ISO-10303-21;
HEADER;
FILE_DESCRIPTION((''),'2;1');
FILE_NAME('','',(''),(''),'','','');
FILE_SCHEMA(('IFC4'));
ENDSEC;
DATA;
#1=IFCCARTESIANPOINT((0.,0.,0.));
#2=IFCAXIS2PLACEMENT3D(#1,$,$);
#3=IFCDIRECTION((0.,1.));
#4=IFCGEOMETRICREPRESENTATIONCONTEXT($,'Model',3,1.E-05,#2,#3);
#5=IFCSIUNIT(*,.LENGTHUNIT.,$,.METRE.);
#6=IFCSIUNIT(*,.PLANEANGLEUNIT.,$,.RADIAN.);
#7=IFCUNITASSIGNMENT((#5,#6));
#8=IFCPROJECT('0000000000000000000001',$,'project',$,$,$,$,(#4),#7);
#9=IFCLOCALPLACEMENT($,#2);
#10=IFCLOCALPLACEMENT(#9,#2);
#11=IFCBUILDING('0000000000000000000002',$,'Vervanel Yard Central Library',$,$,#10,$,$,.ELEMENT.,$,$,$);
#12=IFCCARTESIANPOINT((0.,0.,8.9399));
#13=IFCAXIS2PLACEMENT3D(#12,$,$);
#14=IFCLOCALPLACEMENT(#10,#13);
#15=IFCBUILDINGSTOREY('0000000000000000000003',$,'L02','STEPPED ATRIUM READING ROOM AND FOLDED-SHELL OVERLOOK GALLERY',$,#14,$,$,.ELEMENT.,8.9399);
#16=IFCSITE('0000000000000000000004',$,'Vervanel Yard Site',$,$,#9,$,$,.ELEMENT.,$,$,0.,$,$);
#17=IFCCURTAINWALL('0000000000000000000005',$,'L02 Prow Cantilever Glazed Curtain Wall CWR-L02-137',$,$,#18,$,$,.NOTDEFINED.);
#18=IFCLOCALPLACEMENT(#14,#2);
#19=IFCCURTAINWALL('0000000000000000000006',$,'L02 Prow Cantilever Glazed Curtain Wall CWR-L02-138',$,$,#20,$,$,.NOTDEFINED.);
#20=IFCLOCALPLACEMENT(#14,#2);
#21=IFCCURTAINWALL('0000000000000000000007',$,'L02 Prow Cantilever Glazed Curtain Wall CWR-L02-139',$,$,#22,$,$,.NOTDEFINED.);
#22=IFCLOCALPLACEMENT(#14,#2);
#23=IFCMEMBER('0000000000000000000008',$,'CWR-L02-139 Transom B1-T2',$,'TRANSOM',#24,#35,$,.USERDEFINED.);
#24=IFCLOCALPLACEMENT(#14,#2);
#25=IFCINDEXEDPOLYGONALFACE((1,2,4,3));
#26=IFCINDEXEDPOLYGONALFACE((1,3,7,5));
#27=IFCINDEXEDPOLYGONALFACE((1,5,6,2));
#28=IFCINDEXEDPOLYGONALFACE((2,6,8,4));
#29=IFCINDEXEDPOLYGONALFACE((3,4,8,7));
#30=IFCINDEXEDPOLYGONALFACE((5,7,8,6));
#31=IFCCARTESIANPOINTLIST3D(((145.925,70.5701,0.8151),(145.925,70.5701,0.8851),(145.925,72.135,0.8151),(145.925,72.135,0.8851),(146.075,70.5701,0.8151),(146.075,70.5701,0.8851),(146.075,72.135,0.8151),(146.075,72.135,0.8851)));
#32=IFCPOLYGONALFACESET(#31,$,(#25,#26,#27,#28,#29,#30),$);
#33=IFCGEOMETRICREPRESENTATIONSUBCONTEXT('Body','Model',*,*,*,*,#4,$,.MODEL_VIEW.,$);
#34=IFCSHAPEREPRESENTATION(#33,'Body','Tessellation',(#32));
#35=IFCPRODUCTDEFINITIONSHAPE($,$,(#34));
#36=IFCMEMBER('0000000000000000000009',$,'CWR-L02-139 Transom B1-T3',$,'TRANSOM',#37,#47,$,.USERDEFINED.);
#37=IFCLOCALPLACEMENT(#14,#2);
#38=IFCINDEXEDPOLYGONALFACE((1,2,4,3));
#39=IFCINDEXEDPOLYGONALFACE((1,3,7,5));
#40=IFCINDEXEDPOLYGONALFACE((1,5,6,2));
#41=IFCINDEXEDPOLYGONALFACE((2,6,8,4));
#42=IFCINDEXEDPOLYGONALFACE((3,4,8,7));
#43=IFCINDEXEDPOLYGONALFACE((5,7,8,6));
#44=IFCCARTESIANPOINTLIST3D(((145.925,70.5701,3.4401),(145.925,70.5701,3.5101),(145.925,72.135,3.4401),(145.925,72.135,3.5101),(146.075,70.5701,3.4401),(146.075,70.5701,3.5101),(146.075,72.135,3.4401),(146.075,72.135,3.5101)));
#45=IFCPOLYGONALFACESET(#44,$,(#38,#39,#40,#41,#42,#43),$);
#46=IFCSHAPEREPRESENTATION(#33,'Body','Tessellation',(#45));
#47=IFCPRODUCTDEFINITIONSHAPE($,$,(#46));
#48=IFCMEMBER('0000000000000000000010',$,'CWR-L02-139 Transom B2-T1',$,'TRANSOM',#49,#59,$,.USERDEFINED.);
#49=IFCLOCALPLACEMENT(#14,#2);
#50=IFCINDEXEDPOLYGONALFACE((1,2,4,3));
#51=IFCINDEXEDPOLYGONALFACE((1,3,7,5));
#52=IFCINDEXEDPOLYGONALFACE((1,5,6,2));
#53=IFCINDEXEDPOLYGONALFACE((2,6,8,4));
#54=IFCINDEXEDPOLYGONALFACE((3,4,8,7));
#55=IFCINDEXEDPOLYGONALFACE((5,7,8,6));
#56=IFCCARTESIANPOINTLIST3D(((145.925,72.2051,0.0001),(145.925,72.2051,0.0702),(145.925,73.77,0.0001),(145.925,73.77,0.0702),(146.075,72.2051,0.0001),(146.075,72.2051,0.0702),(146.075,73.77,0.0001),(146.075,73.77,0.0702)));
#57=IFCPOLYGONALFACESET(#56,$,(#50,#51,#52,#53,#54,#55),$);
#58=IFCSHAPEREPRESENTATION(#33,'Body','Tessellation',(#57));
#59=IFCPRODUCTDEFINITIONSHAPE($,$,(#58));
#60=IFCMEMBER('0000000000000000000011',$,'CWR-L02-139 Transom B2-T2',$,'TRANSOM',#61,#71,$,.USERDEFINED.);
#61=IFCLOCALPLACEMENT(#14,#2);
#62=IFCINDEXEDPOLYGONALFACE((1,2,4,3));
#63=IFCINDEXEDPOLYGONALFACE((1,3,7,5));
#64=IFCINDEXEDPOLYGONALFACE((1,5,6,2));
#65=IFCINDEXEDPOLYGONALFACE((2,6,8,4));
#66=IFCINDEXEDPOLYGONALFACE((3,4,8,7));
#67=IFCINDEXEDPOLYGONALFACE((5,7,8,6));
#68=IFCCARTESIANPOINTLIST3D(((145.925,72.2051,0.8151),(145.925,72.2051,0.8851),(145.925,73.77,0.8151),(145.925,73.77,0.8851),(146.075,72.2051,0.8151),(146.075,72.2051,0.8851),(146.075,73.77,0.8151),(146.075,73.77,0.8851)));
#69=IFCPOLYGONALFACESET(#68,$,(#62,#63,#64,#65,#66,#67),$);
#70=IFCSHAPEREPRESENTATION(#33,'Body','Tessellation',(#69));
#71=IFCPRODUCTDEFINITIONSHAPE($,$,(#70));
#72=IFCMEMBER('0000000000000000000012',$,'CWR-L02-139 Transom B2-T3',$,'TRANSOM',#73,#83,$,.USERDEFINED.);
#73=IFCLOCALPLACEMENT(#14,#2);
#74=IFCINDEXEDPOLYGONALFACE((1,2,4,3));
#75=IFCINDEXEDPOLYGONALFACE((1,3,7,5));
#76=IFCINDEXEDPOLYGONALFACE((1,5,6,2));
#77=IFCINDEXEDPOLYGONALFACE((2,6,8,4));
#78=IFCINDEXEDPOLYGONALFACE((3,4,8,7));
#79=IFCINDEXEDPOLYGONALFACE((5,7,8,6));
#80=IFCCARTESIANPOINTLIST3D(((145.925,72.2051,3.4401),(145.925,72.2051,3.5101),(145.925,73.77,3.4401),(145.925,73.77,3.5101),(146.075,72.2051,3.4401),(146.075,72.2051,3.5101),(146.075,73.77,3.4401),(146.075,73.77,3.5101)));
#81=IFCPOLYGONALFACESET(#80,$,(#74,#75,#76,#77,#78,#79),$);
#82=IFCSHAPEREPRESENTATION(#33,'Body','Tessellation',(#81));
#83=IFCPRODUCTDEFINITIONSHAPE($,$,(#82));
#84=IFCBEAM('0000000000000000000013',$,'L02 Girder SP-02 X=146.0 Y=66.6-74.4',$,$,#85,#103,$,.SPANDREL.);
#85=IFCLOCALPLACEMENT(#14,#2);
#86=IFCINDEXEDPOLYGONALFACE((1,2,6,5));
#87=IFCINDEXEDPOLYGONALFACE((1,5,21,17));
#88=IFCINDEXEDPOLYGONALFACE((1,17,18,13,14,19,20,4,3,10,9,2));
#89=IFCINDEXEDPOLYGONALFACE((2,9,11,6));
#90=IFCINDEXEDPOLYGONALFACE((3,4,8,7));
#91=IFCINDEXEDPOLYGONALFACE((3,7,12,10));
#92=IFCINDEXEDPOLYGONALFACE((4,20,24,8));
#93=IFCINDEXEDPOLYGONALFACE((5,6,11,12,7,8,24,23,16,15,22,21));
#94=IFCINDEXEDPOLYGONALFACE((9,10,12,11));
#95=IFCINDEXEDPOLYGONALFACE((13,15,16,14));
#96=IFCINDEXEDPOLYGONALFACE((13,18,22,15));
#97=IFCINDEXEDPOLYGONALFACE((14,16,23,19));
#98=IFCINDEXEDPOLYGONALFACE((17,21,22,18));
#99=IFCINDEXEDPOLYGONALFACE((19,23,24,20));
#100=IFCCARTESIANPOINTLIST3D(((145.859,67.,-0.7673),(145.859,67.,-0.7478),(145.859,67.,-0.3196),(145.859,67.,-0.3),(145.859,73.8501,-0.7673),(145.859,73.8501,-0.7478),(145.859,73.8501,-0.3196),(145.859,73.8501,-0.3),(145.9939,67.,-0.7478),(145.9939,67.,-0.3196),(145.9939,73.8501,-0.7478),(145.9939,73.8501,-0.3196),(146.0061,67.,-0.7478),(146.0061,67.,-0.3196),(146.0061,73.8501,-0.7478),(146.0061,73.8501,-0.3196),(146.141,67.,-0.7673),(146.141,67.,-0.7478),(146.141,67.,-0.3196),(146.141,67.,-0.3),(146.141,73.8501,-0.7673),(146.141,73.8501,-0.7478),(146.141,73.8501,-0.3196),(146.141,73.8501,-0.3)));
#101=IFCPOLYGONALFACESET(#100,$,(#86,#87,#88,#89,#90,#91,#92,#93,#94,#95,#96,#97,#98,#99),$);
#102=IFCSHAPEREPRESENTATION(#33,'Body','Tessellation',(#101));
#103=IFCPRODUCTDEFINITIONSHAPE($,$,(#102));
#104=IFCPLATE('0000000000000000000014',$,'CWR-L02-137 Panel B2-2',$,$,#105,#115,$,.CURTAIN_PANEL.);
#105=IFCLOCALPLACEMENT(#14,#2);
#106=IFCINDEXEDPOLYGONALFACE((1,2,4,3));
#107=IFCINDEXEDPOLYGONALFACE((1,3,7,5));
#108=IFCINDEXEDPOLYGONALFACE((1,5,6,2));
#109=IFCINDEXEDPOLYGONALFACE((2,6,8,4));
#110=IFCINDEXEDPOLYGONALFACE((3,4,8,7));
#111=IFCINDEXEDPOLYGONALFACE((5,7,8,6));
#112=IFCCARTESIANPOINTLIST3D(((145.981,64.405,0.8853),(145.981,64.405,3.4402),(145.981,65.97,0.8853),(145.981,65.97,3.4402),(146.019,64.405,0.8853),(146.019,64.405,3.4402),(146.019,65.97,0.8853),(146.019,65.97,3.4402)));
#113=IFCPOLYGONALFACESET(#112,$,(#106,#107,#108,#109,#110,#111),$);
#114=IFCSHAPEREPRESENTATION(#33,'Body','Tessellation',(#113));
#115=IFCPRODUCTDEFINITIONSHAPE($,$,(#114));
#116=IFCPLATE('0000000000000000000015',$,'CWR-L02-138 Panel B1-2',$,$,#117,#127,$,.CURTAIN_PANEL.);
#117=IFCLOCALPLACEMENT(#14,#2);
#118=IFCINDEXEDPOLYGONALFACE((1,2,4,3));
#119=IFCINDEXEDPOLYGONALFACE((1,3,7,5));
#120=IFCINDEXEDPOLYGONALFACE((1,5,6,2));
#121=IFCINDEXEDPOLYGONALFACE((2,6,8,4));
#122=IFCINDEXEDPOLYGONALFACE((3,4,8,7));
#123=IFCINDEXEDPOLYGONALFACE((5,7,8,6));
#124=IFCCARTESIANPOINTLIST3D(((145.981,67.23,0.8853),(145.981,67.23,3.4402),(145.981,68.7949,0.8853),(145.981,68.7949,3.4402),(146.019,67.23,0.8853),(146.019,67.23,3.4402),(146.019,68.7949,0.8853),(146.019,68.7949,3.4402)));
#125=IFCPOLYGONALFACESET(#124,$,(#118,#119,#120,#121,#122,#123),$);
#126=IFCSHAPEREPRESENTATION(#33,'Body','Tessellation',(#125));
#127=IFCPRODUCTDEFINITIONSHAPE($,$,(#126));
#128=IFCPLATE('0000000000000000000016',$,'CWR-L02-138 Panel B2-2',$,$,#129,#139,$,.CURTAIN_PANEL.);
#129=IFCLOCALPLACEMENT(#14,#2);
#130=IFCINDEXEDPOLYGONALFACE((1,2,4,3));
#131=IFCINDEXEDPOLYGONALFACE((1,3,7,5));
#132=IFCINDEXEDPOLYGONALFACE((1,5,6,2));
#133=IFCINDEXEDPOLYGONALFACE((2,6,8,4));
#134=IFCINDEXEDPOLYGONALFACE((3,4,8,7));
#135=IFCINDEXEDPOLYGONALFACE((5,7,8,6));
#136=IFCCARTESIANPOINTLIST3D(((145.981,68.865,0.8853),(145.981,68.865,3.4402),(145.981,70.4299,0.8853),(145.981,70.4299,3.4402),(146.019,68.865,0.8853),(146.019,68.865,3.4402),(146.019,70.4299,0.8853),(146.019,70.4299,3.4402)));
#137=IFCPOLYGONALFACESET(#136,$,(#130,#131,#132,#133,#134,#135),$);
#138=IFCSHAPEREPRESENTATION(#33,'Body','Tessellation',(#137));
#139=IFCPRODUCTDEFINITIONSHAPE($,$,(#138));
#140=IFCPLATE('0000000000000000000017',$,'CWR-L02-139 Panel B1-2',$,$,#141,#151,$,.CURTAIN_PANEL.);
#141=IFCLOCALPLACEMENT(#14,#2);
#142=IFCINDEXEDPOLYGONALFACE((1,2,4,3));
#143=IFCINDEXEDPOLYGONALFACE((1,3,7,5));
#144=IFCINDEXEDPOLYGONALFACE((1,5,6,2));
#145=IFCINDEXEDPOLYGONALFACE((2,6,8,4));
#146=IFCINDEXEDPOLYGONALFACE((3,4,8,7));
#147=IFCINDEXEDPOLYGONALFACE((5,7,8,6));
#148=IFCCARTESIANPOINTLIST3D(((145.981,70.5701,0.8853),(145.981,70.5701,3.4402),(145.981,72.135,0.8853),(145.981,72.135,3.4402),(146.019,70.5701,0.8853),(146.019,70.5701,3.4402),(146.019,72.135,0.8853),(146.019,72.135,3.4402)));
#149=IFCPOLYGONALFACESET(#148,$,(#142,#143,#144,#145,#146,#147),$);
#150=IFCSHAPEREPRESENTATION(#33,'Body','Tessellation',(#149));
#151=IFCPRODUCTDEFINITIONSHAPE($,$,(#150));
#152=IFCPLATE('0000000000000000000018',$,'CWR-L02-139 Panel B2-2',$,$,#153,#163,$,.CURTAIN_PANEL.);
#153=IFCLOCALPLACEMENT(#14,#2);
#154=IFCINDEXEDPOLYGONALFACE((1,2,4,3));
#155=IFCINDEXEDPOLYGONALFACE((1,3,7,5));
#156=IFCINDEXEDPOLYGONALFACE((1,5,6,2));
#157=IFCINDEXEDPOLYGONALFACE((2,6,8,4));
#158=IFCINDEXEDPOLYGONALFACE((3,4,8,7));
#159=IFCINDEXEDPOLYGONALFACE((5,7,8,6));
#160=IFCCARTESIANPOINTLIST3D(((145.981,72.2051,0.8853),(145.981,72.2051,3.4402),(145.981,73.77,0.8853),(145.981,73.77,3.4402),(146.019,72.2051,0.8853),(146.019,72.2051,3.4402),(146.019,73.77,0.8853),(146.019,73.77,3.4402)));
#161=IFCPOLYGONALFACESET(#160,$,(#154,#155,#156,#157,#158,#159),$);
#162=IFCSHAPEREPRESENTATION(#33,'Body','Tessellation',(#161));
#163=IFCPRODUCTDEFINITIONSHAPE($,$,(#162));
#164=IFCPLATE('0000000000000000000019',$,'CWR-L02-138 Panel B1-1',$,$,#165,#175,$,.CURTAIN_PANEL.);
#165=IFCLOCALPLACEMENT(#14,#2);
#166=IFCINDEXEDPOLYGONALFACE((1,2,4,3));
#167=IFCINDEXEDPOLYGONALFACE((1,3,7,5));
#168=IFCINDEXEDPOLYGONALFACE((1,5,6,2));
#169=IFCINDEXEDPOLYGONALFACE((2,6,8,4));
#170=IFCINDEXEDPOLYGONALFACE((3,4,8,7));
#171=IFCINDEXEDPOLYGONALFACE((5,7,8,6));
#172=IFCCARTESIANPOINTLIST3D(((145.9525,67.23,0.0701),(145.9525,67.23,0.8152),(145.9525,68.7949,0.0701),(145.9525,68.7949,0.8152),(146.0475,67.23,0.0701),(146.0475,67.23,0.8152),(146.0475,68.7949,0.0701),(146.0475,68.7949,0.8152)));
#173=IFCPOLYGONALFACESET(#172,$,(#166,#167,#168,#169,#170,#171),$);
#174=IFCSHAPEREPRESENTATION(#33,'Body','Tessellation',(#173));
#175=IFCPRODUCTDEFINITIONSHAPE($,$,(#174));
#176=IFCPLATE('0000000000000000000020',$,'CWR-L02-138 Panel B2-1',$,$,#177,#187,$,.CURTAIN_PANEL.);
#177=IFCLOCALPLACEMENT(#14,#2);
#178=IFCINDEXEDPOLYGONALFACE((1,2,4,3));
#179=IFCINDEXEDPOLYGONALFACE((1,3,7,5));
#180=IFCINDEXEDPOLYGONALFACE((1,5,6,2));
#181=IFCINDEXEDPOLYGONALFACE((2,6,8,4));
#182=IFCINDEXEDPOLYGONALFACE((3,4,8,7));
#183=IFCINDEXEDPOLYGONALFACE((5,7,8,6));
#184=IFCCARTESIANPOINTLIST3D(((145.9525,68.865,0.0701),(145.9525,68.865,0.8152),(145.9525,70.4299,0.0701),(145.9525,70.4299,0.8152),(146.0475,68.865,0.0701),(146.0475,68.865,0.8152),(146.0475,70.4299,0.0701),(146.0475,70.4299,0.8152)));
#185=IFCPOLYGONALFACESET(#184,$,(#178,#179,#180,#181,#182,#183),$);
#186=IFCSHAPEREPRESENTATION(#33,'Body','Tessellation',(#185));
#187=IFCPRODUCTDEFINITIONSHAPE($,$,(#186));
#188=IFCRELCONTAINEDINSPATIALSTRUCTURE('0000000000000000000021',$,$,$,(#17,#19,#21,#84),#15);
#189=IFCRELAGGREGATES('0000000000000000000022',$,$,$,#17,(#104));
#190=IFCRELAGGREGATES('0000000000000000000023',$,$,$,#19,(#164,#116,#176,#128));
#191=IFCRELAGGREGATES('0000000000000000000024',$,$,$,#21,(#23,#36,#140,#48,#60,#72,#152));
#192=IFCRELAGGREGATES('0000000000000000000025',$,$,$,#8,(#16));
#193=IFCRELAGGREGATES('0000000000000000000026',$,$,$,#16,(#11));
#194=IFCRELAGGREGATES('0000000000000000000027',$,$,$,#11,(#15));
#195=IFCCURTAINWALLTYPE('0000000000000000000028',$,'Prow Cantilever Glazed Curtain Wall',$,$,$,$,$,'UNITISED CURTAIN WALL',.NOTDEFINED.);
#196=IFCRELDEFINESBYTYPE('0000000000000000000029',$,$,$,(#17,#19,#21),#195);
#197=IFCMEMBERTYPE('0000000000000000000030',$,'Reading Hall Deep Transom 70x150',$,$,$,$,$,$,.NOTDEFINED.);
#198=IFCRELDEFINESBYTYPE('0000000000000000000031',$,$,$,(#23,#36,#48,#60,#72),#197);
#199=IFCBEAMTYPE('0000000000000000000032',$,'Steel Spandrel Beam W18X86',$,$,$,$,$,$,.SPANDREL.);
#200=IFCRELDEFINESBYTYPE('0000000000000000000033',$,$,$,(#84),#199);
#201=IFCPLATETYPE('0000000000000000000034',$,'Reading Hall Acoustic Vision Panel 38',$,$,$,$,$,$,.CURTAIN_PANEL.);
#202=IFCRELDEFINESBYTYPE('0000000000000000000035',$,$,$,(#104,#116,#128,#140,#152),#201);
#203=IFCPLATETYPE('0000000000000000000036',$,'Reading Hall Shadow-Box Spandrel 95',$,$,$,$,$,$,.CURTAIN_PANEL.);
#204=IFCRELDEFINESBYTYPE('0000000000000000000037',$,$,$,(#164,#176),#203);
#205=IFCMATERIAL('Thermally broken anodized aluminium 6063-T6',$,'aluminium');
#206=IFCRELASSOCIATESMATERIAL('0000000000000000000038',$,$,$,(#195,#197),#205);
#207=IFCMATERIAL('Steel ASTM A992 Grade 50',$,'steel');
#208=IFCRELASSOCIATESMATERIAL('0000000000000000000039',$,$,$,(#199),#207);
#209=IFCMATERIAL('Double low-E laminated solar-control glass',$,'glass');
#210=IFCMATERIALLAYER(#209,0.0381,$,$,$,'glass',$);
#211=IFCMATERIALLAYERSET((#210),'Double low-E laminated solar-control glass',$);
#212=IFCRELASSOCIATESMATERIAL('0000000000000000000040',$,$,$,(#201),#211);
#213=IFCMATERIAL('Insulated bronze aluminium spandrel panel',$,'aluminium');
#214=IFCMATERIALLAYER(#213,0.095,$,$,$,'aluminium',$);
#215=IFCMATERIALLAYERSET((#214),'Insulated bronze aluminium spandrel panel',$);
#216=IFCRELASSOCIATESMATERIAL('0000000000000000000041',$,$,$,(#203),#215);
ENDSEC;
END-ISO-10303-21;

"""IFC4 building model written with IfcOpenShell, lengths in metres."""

from ifc_helpers import new_model, si_unit, direction, frame, origin, origin_2d, place, context, subcontext, project, spatial, rectangle, i_section, extrude, material, layer, layer_set, material_profile, profile_set, type_object, element, aggregate, save


model = new_model("IFC4")

# Units and contexts
model_context = context("Model", 3, precision=1e-05, world=origin(), true_north=direction((0.0, 1.0)))
body_context = subcontext(model_context, "Body", "Model", "MODEL_VIEW")
ifc_project = project(units=[si_unit("LENGTHUNIT", "METRE"), si_unit("PLANEANGLEUNIT", "RADIAN")], contexts=[model_context])

# Site, building, storey
site_placement = place(None, origin())
site = spatial("IfcSite", under=ifc_project, at=site_placement, Name="Vervanel Yard Site", CompositionType="ELEMENT", RefElevation=0.0)
building_placement = place(site_placement, origin())
building = spatial("IfcBuilding", under=site, at=building_placement, Name="Vervanel Yard Central Library", CompositionType="ELEMENT")
storey_placement = place(building_placement, frame((0.0, 0.0, 8.9399)))
storey = spatial("IfcBuildingStorey", under=building, at=storey_placement, Name="L02", Description="STEPPED ATRIUM READING ROOM AND FOLDED-SHELL OVERLOOK GALLERY", CompositionType="ELEMENT", Elevation=8.9399)

# Curtain wall
ifc_material_1 = material(Name="Thermally broken anodized aluminium 6063-T6", Category="aluminium")
curtain_wall_type = type_object("IfcCurtainWallType", Name="Prow Cantilever Glazed Curtain Wall", ElementType="UNITISED CURTAIN WALL", PredefinedType="NOTDEFINED", material=ifc_material_1)
curtain_wall_1_placement = place(storey_placement, origin())
curtain_wall_1 = element("IfcCurtainWall", 1, at=curtain_wall_1_placement, inside=storey, type_object=curtain_wall_type, Name="L02 Prow Cantilever Glazed Curtain Wall CWR-L02-137", PredefinedType="NOTDEFINED")

# Curtain walls
curtain_wall_2_placement = place(storey_placement, origin())
curtain_wall_2 = element("IfcCurtainWall", 2, at=curtain_wall_2_placement, inside=storey, type_object=curtain_wall_type, Name="L02 Prow Cantilever Glazed Curtain Wall CWR-L02-138", PredefinedType="NOTDEFINED")
curtain_wall_3_placement = place(storey_placement, origin())
curtain_wall_3 = element("IfcCurtainWall", 3, at=curtain_wall_3_placement, inside=storey, type_object=curtain_wall_type, Name="L02 Prow Cantilever Glazed Curtain Wall CWR-L02-139", PredefinedType="NOTDEFINED")

# Members
ifc_material_profile_1 = material_profile(ifc_material_1, rectangle(XDim=0.0701, YDim=0.1499, at=origin_2d()), Name="ALU 70x150", Category="aluminium")
ifc_profile_set_1 = profile_set([ifc_material_profile_1], Name="Thermally broken anodized aluminium 6063-T6")
member_type_1 = type_object("IfcMemberType", Name="Reading Hall Deep Transom 70x150", PredefinedType="NOTDEFINED", material=ifc_profile_set_1)
member_1_placement = place(storey_placement, frame((146.0, 70.5701, 0.8501), z_axis=(0.0, 1.0, 0.0), x_axis=(0.0, 0.0, 1.0)))
member_1 = element("IfcMember", 4, at=member_1_placement, type_object=member_type_1, Name="CWR-L02-139 Transom B1-T2", ObjectType="TRANSOM", PredefinedType="USERDEFINED", context=body_context, shape_type="SweptSolid", body=[
    extrude(rectangle(XDim=0.0701, YDim=0.1499, at=origin_2d()), origin(), (0.0, 0.0, 1.0), 1.5649),
])
member_2_placement = place(storey_placement, frame((146.0, 70.5701, 3.4751), z_axis=(0.0, 1.0, 0.0), x_axis=(0.0, 0.0, 1.0)))
member_2 = element("IfcMember", 5, at=member_2_placement, type_object=member_type_1, Name="CWR-L02-139 Transom B1-T3", ObjectType="TRANSOM", PredefinedType="USERDEFINED", context=body_context, shape_type="SweptSolid", body=[
    extrude(rectangle(XDim=0.0701, YDim=0.1499, at=origin_2d()), origin(), (0.0, 0.0, 1.0), 1.5649),
])
member_3_placement = place(storey_placement, frame((146.0, 72.2051, 0.0352), z_axis=(0.0, 1.0, 0.0), x_axis=(0.0, 0.0, 1.0)))
member_3 = element("IfcMember", 6, at=member_3_placement, type_object=member_type_1, Name="CWR-L02-139 Transom B2-T1", ObjectType="TRANSOM", PredefinedType="USERDEFINED", context=body_context, shape_type="SweptSolid", body=[
    extrude(rectangle(XDim=0.0701, YDim=0.1499, at=origin_2d()), origin(), (0.0, 0.0, 1.0), 1.5649),
])
member_4_placement = place(storey_placement, frame((146.0, 72.2051, 0.8501), z_axis=(0.0, 1.0, 0.0), x_axis=(0.0, 0.0, 1.0)))
member_4 = element("IfcMember", 7, at=member_4_placement, type_object=member_type_1, Name="CWR-L02-139 Transom B2-T2", ObjectType="TRANSOM", PredefinedType="USERDEFINED", context=body_context, shape_type="SweptSolid", body=[
    extrude(rectangle(XDim=0.0701, YDim=0.1499, at=origin_2d()), origin(), (0.0, 0.0, 1.0), 1.5649),
])
member_5_placement = place(storey_placement, frame((146.0, 72.2051, 3.4751), z_axis=(0.0, 1.0, 0.0), x_axis=(0.0, 0.0, 1.0)))
member_5 = element("IfcMember", 8, at=member_5_placement, type_object=member_type_1, Name="CWR-L02-139 Transom B2-T3", ObjectType="TRANSOM", PredefinedType="USERDEFINED", context=body_context, shape_type="SweptSolid", body=[
    extrude(rectangle(XDim=0.0701, YDim=0.1499, at=origin_2d()), origin(), (0.0, 0.0, 1.0), 1.5649),
])

# Beam
ifc_material_2 = material(Name="Steel ASTM A992 Grade 50", Category="steel")
ifc_material_profile_2 = material_profile(ifc_material_2, i_section(OverallWidth=0.282, OverallDepth=0.4673, WebThickness=0.0122, FlangeThickness=0.0195, at=origin_2d()), Name="W18X86", Category="steel")
ifc_profile_set_2 = profile_set([ifc_material_profile_2], Name="Steel ASTM A992 Grade 50")
beam_type = type_object("IfcBeamType", Name="Steel Spandrel Beam W18X86", PredefinedType="SPANDREL", material=ifc_profile_set_2)
beam_placement = place(storey_placement, frame((146.0, 67.0, -0.5337), z_axis=(0.0, 1.0, 0.0), x_axis=(-1.0, 0.0, 0.0)))
element("IfcBeam", 9, at=beam_placement, inside=storey, type_object=beam_type, Name="L02 Girder SP-02 X=146.0 Y=66.6-74.4", PredefinedType="SPANDREL", context=body_context, shape_type="SweptSolid", body=[
    extrude(i_section(OverallWidth=0.282, OverallDepth=0.4673, WebThickness=0.0122, FlangeThickness=0.0195, at=origin_2d()), origin(), (0.0, 0.0, 1.0), 6.8501),
])

# Plates
ifc_material_3 = material(Name="Double low-E laminated solar-control glass", Category="glass")
ifc_layer_1 = layer(ifc_material_3, 0.0381, Category="glass")
ifc_layer_set_1 = layer_set([ifc_layer_1], Name="Double low-E laminated solar-control glass")
plate_type_1 = type_object("IfcPlateType", Name="Reading Hall Acoustic Vision Panel 38", PredefinedType="CURTAIN_PANEL", material=ifc_layer_set_1)
plate_1_placement = place(storey_placement, frame((146.0, 65.1875, 0.8853), z_axis=(0.0, 0.0, 1.0), x_axis=(0.0, 1.0, 0.0)))
plate_1 = element("IfcPlate", 10, at=plate_1_placement, type_object=plate_type_1, Name="CWR-L02-137 Panel B2-2", PredefinedType="CURTAIN_PANEL", context=body_context, shape_type="SweptSolid", body=[
    extrude(rectangle(XDim=1.5649, YDim=0.0381, at=origin_2d()), origin(), (0.0, 0.0, 1.0), 2.5549),
])
aggregate(curtain_wall_1, [plate_1])
plate_2_placement = place(storey_placement, frame((146.0, 68.0125, 0.8853), z_axis=(0.0, 0.0, 1.0), x_axis=(0.0, 1.0, 0.0)))
plate_2 = element("IfcPlate", 11, at=plate_2_placement, type_object=plate_type_1, Name="CWR-L02-138 Panel B1-2", PredefinedType="CURTAIN_PANEL", context=body_context, shape_type="SweptSolid", body=[
    extrude(rectangle(XDim=1.5649, YDim=0.0381, at=origin_2d()), origin(), (0.0, 0.0, 1.0), 2.5549),
])
plate_3_placement = place(storey_placement, frame((146.0, 69.6475, 0.8853), z_axis=(0.0, 0.0, 1.0), x_axis=(0.0, 1.0, 0.0)))
plate_3 = element("IfcPlate", 12, at=plate_3_placement, type_object=plate_type_1, Name="CWR-L02-138 Panel B2-2", PredefinedType="CURTAIN_PANEL", context=body_context, shape_type="SweptSolid", body=[
    extrude(rectangle(XDim=1.5649, YDim=0.0381, at=origin_2d()), origin(), (0.0, 0.0, 1.0), 2.5549),
])
plate_4_placement = place(storey_placement, frame((146.0, 71.3525, 0.8853), z_axis=(0.0, 0.0, 1.0), x_axis=(0.0, 1.0, 0.0)))
plate_4 = element("IfcPlate", 13, at=plate_4_placement, type_object=plate_type_1, Name="CWR-L02-139 Panel B1-2", PredefinedType="CURTAIN_PANEL", context=body_context, shape_type="SweptSolid", body=[
    extrude(rectangle(XDim=1.5649, YDim=0.0381, at=origin_2d()), origin(), (0.0, 0.0, 1.0), 2.5549),
])
plate_5_placement = place(storey_placement, frame((146.0, 72.9875, 0.8853), z_axis=(0.0, 0.0, 1.0), x_axis=(0.0, 1.0, 0.0)))
plate_5 = element("IfcPlate", 14, at=plate_5_placement, type_object=plate_type_1, Name="CWR-L02-139 Panel B2-2", PredefinedType="CURTAIN_PANEL", context=body_context, shape_type="SweptSolid", body=[
    extrude(rectangle(XDim=1.5649, YDim=0.0381, at=origin_2d()), origin(), (0.0, 0.0, 1.0), 2.5549),
])
ifc_material_4 = material(Name="Insulated bronze aluminium spandrel panel", Category="aluminium")
ifc_layer_2 = layer(ifc_material_4, 0.095, Category="aluminium")
ifc_layer_set_2 = layer_set([ifc_layer_2], Name="Insulated bronze aluminium spandrel panel")
plate_type_2 = type_object("IfcPlateType", Name="Reading Hall Shadow-Box Spandrel 95", PredefinedType="CURTAIN_PANEL", material=ifc_layer_set_2)
plate_6_placement = place(storey_placement, frame((146.0, 68.0125, 0.0701), z_axis=(0.0, 0.0, 1.0), x_axis=(0.0, 1.0, 0.0)))
plate_6 = element("IfcPlate", 15, at=plate_6_placement, type_object=plate_type_2, Name="CWR-L02-138 Panel B1-1", PredefinedType="CURTAIN_PANEL", context=body_context, shape_type="SweptSolid", body=[
    extrude(rectangle(XDim=1.5649, YDim=0.095, at=origin_2d()), origin(), (0.0, 0.0, 1.0), 0.7451),
])
plate_7_placement = place(storey_placement, frame((146.0, 69.6475, 0.0701), z_axis=(0.0, 0.0, 1.0), x_axis=(0.0, 1.0, 0.0)))
plate_7 = element("IfcPlate", 16, at=plate_7_placement, type_object=plate_type_2, Name="CWR-L02-138 Panel B2-1", PredefinedType="CURTAIN_PANEL", context=body_context, shape_type="SweptSolid", body=[
    extrude(rectangle(XDim=1.5649, YDim=0.095, at=origin_2d()), origin(), (0.0, 0.0, 1.0), 0.7451),
])
aggregate(curtain_wall_2, [plate_6, plate_2, plate_7, plate_3])
aggregate(curtain_wall_3, [member_1, member_2, plate_4, member_3, member_4, member_5, plate_5])

save(model, "model.ifc")
